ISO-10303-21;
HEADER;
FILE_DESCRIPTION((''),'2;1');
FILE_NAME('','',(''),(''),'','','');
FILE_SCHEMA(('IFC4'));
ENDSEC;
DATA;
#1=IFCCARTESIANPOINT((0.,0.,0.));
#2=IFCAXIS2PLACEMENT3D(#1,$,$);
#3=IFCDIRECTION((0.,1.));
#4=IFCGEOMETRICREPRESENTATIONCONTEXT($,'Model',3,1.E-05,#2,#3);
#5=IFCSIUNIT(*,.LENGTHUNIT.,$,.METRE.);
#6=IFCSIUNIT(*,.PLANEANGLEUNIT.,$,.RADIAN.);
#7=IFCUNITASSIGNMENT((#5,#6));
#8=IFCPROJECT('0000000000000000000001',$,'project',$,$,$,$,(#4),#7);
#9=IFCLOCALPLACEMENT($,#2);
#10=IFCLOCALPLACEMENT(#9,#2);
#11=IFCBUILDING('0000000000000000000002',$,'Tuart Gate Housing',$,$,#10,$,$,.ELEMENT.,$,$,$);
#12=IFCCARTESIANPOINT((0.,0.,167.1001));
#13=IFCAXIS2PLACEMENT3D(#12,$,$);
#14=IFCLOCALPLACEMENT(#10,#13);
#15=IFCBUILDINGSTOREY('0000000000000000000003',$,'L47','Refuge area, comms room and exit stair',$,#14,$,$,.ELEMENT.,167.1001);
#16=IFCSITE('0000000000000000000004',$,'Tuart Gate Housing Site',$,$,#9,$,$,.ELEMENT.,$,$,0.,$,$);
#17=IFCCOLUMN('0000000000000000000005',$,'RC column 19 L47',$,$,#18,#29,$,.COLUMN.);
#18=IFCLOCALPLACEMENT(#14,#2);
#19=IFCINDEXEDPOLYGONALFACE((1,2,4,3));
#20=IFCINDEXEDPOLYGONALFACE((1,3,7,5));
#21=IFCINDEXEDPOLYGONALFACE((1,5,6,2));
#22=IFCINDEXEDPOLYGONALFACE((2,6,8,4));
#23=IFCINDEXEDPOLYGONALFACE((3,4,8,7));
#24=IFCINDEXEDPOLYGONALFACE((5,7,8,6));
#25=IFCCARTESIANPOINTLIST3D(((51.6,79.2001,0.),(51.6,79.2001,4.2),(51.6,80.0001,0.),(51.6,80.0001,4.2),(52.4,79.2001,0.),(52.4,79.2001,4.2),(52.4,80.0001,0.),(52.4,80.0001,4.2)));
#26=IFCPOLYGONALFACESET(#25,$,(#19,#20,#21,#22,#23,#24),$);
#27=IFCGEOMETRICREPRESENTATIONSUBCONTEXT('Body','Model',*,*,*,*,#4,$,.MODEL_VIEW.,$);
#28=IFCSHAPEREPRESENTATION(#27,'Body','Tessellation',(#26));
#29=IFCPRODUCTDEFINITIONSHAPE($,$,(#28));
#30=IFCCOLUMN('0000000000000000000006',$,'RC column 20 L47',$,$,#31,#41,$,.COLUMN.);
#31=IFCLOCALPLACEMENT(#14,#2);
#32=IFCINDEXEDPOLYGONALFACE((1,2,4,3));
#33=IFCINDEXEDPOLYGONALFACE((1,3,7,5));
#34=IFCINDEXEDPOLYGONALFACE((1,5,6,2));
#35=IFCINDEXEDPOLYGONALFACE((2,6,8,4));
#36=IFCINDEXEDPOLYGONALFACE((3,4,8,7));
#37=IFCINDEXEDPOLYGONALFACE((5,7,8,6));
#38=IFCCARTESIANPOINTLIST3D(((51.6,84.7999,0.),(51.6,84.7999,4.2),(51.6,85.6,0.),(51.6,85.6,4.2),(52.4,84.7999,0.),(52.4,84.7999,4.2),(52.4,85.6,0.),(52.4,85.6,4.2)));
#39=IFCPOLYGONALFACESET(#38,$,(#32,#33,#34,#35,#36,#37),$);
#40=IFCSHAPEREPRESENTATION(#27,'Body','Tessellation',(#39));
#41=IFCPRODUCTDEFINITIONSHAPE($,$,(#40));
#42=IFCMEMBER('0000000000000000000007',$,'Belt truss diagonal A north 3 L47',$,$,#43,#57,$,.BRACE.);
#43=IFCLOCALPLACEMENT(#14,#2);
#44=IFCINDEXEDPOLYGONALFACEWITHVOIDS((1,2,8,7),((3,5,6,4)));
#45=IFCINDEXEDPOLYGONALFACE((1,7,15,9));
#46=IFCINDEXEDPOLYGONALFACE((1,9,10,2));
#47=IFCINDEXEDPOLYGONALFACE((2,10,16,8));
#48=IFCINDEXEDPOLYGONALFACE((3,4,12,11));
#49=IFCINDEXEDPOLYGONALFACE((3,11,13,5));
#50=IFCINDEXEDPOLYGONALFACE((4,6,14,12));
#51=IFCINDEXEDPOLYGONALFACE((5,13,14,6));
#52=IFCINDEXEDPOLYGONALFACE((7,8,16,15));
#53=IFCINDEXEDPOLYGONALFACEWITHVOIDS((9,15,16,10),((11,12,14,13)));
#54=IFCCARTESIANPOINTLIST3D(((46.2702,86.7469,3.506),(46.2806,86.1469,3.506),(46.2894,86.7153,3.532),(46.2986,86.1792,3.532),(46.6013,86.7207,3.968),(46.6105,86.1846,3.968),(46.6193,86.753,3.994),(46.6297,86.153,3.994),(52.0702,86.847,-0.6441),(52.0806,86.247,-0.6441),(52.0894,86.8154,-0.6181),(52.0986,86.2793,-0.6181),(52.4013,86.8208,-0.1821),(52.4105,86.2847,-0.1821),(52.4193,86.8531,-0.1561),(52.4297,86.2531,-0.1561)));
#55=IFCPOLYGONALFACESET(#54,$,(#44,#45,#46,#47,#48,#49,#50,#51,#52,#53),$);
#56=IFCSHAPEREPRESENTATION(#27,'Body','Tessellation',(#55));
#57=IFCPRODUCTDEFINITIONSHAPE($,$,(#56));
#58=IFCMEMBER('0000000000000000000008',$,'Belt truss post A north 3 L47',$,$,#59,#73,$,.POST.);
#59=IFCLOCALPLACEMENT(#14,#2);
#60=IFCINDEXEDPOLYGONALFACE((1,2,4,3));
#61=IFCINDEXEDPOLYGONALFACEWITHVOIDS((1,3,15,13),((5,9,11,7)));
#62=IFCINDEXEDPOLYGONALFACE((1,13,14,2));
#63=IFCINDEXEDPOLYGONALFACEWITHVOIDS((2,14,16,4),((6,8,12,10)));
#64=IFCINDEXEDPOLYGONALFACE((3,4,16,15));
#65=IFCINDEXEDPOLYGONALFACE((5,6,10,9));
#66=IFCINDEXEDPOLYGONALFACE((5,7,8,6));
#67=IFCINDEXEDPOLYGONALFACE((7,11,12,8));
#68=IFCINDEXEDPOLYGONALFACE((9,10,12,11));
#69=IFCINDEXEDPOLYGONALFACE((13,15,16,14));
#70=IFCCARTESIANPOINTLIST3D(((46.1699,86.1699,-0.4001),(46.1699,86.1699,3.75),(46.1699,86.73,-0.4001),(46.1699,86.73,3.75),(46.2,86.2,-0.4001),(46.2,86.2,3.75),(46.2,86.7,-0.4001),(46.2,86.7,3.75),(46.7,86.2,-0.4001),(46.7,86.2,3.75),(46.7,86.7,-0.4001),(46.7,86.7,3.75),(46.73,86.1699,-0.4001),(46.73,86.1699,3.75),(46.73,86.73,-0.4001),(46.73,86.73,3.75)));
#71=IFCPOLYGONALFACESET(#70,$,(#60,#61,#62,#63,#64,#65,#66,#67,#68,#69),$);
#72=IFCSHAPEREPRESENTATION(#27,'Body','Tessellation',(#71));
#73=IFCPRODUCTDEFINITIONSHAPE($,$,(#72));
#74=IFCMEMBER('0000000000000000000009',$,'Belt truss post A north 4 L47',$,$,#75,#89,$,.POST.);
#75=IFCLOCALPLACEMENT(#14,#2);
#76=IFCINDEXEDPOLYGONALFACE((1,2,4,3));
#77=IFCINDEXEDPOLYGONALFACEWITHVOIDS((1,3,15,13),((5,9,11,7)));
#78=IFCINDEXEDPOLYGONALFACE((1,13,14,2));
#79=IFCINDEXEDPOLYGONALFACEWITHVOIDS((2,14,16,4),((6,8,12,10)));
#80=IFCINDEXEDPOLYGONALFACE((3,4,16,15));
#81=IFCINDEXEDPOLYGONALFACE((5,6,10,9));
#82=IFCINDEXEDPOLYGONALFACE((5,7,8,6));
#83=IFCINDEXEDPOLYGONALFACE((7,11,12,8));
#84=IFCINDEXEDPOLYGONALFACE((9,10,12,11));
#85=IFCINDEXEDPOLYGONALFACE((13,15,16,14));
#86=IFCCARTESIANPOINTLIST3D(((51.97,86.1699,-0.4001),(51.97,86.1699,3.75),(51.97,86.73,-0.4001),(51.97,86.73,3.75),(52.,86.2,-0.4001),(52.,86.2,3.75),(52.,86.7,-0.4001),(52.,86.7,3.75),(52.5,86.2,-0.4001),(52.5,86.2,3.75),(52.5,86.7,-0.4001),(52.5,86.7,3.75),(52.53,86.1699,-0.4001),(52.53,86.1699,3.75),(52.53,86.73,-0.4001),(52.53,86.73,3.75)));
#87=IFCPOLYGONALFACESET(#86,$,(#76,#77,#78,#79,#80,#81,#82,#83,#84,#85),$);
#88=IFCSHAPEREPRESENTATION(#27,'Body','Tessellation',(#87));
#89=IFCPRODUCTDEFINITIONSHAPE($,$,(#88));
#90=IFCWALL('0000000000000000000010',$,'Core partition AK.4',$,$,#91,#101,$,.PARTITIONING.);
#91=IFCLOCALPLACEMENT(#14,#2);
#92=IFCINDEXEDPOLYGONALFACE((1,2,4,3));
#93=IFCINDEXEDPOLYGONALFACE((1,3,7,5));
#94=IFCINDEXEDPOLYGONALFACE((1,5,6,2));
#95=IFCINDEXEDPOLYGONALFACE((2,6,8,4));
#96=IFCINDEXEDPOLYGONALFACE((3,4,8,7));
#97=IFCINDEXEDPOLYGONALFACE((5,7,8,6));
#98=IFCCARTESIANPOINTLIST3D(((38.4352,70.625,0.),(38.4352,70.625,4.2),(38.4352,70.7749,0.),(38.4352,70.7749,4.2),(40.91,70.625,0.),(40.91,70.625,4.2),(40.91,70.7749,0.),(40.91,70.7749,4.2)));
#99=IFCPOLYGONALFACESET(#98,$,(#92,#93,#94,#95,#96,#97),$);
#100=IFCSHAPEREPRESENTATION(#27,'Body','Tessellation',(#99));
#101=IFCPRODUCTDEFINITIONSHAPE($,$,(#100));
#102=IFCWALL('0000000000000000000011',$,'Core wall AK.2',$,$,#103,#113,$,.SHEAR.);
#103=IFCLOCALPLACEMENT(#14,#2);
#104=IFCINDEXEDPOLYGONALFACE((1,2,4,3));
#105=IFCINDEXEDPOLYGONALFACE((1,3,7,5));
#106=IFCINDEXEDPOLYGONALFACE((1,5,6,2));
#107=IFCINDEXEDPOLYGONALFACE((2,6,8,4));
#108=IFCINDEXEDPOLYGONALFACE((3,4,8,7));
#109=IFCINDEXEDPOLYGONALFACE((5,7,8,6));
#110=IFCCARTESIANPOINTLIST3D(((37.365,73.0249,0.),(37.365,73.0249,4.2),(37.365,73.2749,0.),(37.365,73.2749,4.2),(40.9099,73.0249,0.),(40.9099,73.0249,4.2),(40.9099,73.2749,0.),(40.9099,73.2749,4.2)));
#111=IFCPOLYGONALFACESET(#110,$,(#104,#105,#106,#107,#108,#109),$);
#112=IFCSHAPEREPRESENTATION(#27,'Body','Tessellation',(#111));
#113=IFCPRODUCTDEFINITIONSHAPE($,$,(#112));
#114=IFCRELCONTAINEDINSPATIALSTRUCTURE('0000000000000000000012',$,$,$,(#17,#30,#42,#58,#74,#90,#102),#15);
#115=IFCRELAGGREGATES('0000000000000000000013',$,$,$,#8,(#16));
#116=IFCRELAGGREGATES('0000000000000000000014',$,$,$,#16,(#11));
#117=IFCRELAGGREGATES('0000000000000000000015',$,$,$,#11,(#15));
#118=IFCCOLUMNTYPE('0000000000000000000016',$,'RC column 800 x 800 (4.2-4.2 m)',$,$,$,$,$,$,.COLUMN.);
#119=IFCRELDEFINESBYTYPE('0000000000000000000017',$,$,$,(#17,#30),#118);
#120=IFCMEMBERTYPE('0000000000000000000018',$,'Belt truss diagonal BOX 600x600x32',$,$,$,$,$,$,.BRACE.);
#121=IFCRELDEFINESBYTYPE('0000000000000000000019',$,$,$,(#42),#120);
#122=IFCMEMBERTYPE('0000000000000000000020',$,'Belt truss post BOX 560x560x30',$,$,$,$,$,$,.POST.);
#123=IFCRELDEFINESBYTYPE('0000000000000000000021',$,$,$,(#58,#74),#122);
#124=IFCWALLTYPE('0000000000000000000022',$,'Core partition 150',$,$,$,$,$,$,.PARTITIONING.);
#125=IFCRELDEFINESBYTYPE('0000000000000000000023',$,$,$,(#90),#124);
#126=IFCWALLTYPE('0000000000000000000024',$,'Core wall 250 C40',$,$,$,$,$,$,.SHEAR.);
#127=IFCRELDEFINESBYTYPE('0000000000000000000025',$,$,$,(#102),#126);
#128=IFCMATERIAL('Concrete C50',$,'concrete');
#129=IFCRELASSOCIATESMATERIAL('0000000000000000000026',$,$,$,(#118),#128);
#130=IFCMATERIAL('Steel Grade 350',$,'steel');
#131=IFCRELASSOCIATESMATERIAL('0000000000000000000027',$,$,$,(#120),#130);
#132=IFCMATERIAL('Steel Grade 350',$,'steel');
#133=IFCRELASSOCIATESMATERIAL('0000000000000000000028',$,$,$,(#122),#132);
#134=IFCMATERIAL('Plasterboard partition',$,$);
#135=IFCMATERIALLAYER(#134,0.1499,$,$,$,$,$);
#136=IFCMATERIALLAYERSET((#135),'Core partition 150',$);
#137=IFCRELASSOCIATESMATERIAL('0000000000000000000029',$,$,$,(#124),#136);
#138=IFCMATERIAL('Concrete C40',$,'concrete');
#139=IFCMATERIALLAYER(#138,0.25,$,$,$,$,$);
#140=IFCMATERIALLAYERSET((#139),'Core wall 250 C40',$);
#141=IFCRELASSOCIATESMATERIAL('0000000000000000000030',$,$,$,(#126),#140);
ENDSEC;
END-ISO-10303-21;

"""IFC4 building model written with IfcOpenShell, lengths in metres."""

from ifc_helpers import new_model, si_unit, direction, frame, frame_2d, origin, origin_2d, place, context, subcontext, project, spatial, rectangle, hollow_rectangle, extrude, material, layer, layer_set, material_profile, profile_set, type_object, element, save


model = new_model("IFC4")

# Units and contexts
model_context = context("Model", 3, precision=1e-05, world=origin(), true_north=direction((0.0, 1.0)))
body_context = subcontext(model_context, "Body", "Model", "MODEL_VIEW")
ifc_project = project(units=[si_unit("LENGTHUNIT", "METRE"), si_unit("PLANEANGLEUNIT", "RADIAN")], contexts=[model_context])

# Site, building, storey
site_placement = place(None, origin())
site = spatial("IfcSite", under=ifc_project, at=site_placement, Name="Tuart Gate Housing Site", CompositionType="ELEMENT", RefElevation=0.0)
building_placement = place(site_placement, origin())
building = spatial("IfcBuilding", under=site, at=building_placement, Name="Tuart Gate Housing", CompositionType="ELEMENT")
storey_placement = place(building_placement, frame((0.0, 0.0, 167.1001)))
storey = spatial("IfcBuildingStorey", under=building, at=storey_placement, Name="L47", Description="Refuge area, comms room and exit stair", CompositionType="ELEMENT", Elevation=167.1001)

# Columns
ifc_material_1 = material(Name="Concrete C50", Category="concrete")
ifc_material_profile_1 = material_profile(ifc_material_1, rectangle(XDim=0.8, YDim=0.8, at=origin_2d()), Name="RC column 800 x 800 (4.2-4.2 m)")
ifc_profile_set_1 = profile_set([ifc_material_profile_1], Name="Concrete C50")
column_type = type_object("IfcColumnType", Name="RC column 800 x 800 (4.2-4.2 m)", PredefinedType="COLUMN", material=ifc_profile_set_1)
for number, where, z_axis, x_axis, name in (
    (1, (52.0, 79.6001, 0.0), (0.0, 0.0, 1.0), (1.0, 0.0, 0.0), "RC column 19 L47"),
    (2, (52.0, 85.2, 0.0), (0.0, 0.0, 1.0), (1.0, 0.0, 0.0), "RC column 20 L47"),
):
    element("IfcColumn", number, at=place(storey_placement, frame(where, z_axis=z_axis, x_axis=x_axis)), inside=storey, type_object=column_type, Name=name, PredefinedType="COLUMN", context=body_context, shape_type="SweptSolid", body=[
        extrude(rectangle(XDim=0.8, YDim=0.8, at=origin_2d()), origin(), (0.0, 0.0, 1.0), 4.2),
    ])

# Members
ifc_material_2 = material(Name="Steel Grade 350", Category="steel")
ifc_material_profile_2 = material_profile(ifc_material_2, hollow_rectangle(XDim=0.6001, YDim=0.6001, WallThickness=0.032, at=origin_2d()), Name="BOX 600x600x32")
ifc_profile_set_2 = profile_set([ifc_material_profile_2], Name="Steel Grade 350")
member_type_1 = type_object("IfcMemberType", Name="Belt truss diagonal BOX 600x600x32", PredefinedType="BRACE", material=ifc_profile_set_2)
member_placement = place(storey_placement, frame((46.45, 86.45, 3.75), z_axis=(0.813172, 0.014034, -0.581854), x_axis=(-0.017256, 0.999851, 0.0)))
element("IfcMember", 3, at=member_placement, inside=storey, type_object=member_type_1, Name="Belt truss diagonal A north 3 L47", PredefinedType="BRACE", context=body_context, shape_type="SweptSolid", body=[
    extrude(hollow_rectangle(XDim=0.6001, YDim=0.6001, WallThickness=0.032, at=origin_2d()), origin(), (0.0, 0.0, 1.0), 7.1326),
])
ifc_material_3 = material(Name="Steel Grade 350", Category="steel")
ifc_material_profile_3 = material_profile(ifc_material_3, hollow_rectangle(XDim=0.5601, YDim=0.5601, WallThickness=0.03, at=origin_2d()), Name="BOX 560x560x30")
ifc_profile_set_3 = profile_set([ifc_material_profile_3], Name="Steel Grade 350")
member_type_2 = type_object("IfcMemberType", Name="Belt truss post BOX 560x560x30", PredefinedType="POST", material=ifc_profile_set_3)
for number, where, z_axis, x_axis, name in (
    (4, (46.45, 86.45, -0.4001), (0.0, 0.0, 1.0), (1.0, 0.0, 0.0), "Belt truss post A north 3 L47"),
    (5, (52.25, 86.45, -0.4001), (0.0, 0.0, 1.0), (1.0, 0.0, 0.0), "Belt truss post A north 4 L47"),
):
    element("IfcMember", number, at=place(storey_placement, frame(where, z_axis=z_axis, x_axis=x_axis)), inside=storey, type_object=member_type_2, Name=name, PredefinedType="POST", context=body_context, shape_type="SweptSolid", body=[
        extrude(hollow_rectangle(XDim=0.5601, YDim=0.5601, WallThickness=0.03, at=origin_2d()), origin(), (0.0, 0.0, 1.0), 4.1501),
    ])

# Walls
ifc_material_4 = material(Name="Plasterboard partition")
ifc_layer_1 = layer(ifc_material_4, 0.1499)
ifc_layer_set_1 = layer_set([ifc_layer_1], Name="Core partition 150")
wall_type_1 = type_object("IfcWallType", Name="Core partition 150", PredefinedType="PARTITIONING", material=ifc_layer_set_1)
wall_1_placement = place(storey_placement, frame((40.9099, 70.7, 0.0), z_axis=(0.0, 0.0, 1.0), x_axis=(-1.0, 0.0, 0.0)))
element("IfcWall", 6, at=wall_1_placement, inside=storey, type_object=wall_type_1, Name="Core partition AK.4", PredefinedType="PARTITIONING", context=body_context, shape_type="SweptSolid", body=[
    extrude(rectangle(XDim=2.4749, YDim=0.1499, at=frame_2d((1.2373, 0.0))), origin(), (0.0, 0.0, 1.0), 4.2),
])
ifc_material_5 = material(Name="Concrete C40", Category="concrete")
ifc_layer_2 = layer(ifc_material_5, 0.25)
ifc_layer_set_2 = layer_set([ifc_layer_2], Name="Core wall 250 C40")
wall_type_2 = type_object("IfcWallType", Name="Core wall 250 C40", PredefinedType="SHEAR", material=ifc_layer_set_2)
wall_2_placement = place(storey_placement, frame((40.9099, 73.1499, 0.0), z_axis=(0.0, 0.0, 1.0), x_axis=(-1.0, 0.0, 0.0)))
element("IfcWall", 7, at=wall_2_placement, inside=storey, type_object=wall_type_2, Name="Core wall AK.2", PredefinedType="SHEAR", context=body_context, shape_type="SweptSolid", body=[
    extrude(rectangle(XDim=3.5449, YDim=0.25, at=frame_2d((1.7725, 0.0))), origin(), (0.0, 0.0, 1.0), 4.2),
])

save(model, "model.ifc")
